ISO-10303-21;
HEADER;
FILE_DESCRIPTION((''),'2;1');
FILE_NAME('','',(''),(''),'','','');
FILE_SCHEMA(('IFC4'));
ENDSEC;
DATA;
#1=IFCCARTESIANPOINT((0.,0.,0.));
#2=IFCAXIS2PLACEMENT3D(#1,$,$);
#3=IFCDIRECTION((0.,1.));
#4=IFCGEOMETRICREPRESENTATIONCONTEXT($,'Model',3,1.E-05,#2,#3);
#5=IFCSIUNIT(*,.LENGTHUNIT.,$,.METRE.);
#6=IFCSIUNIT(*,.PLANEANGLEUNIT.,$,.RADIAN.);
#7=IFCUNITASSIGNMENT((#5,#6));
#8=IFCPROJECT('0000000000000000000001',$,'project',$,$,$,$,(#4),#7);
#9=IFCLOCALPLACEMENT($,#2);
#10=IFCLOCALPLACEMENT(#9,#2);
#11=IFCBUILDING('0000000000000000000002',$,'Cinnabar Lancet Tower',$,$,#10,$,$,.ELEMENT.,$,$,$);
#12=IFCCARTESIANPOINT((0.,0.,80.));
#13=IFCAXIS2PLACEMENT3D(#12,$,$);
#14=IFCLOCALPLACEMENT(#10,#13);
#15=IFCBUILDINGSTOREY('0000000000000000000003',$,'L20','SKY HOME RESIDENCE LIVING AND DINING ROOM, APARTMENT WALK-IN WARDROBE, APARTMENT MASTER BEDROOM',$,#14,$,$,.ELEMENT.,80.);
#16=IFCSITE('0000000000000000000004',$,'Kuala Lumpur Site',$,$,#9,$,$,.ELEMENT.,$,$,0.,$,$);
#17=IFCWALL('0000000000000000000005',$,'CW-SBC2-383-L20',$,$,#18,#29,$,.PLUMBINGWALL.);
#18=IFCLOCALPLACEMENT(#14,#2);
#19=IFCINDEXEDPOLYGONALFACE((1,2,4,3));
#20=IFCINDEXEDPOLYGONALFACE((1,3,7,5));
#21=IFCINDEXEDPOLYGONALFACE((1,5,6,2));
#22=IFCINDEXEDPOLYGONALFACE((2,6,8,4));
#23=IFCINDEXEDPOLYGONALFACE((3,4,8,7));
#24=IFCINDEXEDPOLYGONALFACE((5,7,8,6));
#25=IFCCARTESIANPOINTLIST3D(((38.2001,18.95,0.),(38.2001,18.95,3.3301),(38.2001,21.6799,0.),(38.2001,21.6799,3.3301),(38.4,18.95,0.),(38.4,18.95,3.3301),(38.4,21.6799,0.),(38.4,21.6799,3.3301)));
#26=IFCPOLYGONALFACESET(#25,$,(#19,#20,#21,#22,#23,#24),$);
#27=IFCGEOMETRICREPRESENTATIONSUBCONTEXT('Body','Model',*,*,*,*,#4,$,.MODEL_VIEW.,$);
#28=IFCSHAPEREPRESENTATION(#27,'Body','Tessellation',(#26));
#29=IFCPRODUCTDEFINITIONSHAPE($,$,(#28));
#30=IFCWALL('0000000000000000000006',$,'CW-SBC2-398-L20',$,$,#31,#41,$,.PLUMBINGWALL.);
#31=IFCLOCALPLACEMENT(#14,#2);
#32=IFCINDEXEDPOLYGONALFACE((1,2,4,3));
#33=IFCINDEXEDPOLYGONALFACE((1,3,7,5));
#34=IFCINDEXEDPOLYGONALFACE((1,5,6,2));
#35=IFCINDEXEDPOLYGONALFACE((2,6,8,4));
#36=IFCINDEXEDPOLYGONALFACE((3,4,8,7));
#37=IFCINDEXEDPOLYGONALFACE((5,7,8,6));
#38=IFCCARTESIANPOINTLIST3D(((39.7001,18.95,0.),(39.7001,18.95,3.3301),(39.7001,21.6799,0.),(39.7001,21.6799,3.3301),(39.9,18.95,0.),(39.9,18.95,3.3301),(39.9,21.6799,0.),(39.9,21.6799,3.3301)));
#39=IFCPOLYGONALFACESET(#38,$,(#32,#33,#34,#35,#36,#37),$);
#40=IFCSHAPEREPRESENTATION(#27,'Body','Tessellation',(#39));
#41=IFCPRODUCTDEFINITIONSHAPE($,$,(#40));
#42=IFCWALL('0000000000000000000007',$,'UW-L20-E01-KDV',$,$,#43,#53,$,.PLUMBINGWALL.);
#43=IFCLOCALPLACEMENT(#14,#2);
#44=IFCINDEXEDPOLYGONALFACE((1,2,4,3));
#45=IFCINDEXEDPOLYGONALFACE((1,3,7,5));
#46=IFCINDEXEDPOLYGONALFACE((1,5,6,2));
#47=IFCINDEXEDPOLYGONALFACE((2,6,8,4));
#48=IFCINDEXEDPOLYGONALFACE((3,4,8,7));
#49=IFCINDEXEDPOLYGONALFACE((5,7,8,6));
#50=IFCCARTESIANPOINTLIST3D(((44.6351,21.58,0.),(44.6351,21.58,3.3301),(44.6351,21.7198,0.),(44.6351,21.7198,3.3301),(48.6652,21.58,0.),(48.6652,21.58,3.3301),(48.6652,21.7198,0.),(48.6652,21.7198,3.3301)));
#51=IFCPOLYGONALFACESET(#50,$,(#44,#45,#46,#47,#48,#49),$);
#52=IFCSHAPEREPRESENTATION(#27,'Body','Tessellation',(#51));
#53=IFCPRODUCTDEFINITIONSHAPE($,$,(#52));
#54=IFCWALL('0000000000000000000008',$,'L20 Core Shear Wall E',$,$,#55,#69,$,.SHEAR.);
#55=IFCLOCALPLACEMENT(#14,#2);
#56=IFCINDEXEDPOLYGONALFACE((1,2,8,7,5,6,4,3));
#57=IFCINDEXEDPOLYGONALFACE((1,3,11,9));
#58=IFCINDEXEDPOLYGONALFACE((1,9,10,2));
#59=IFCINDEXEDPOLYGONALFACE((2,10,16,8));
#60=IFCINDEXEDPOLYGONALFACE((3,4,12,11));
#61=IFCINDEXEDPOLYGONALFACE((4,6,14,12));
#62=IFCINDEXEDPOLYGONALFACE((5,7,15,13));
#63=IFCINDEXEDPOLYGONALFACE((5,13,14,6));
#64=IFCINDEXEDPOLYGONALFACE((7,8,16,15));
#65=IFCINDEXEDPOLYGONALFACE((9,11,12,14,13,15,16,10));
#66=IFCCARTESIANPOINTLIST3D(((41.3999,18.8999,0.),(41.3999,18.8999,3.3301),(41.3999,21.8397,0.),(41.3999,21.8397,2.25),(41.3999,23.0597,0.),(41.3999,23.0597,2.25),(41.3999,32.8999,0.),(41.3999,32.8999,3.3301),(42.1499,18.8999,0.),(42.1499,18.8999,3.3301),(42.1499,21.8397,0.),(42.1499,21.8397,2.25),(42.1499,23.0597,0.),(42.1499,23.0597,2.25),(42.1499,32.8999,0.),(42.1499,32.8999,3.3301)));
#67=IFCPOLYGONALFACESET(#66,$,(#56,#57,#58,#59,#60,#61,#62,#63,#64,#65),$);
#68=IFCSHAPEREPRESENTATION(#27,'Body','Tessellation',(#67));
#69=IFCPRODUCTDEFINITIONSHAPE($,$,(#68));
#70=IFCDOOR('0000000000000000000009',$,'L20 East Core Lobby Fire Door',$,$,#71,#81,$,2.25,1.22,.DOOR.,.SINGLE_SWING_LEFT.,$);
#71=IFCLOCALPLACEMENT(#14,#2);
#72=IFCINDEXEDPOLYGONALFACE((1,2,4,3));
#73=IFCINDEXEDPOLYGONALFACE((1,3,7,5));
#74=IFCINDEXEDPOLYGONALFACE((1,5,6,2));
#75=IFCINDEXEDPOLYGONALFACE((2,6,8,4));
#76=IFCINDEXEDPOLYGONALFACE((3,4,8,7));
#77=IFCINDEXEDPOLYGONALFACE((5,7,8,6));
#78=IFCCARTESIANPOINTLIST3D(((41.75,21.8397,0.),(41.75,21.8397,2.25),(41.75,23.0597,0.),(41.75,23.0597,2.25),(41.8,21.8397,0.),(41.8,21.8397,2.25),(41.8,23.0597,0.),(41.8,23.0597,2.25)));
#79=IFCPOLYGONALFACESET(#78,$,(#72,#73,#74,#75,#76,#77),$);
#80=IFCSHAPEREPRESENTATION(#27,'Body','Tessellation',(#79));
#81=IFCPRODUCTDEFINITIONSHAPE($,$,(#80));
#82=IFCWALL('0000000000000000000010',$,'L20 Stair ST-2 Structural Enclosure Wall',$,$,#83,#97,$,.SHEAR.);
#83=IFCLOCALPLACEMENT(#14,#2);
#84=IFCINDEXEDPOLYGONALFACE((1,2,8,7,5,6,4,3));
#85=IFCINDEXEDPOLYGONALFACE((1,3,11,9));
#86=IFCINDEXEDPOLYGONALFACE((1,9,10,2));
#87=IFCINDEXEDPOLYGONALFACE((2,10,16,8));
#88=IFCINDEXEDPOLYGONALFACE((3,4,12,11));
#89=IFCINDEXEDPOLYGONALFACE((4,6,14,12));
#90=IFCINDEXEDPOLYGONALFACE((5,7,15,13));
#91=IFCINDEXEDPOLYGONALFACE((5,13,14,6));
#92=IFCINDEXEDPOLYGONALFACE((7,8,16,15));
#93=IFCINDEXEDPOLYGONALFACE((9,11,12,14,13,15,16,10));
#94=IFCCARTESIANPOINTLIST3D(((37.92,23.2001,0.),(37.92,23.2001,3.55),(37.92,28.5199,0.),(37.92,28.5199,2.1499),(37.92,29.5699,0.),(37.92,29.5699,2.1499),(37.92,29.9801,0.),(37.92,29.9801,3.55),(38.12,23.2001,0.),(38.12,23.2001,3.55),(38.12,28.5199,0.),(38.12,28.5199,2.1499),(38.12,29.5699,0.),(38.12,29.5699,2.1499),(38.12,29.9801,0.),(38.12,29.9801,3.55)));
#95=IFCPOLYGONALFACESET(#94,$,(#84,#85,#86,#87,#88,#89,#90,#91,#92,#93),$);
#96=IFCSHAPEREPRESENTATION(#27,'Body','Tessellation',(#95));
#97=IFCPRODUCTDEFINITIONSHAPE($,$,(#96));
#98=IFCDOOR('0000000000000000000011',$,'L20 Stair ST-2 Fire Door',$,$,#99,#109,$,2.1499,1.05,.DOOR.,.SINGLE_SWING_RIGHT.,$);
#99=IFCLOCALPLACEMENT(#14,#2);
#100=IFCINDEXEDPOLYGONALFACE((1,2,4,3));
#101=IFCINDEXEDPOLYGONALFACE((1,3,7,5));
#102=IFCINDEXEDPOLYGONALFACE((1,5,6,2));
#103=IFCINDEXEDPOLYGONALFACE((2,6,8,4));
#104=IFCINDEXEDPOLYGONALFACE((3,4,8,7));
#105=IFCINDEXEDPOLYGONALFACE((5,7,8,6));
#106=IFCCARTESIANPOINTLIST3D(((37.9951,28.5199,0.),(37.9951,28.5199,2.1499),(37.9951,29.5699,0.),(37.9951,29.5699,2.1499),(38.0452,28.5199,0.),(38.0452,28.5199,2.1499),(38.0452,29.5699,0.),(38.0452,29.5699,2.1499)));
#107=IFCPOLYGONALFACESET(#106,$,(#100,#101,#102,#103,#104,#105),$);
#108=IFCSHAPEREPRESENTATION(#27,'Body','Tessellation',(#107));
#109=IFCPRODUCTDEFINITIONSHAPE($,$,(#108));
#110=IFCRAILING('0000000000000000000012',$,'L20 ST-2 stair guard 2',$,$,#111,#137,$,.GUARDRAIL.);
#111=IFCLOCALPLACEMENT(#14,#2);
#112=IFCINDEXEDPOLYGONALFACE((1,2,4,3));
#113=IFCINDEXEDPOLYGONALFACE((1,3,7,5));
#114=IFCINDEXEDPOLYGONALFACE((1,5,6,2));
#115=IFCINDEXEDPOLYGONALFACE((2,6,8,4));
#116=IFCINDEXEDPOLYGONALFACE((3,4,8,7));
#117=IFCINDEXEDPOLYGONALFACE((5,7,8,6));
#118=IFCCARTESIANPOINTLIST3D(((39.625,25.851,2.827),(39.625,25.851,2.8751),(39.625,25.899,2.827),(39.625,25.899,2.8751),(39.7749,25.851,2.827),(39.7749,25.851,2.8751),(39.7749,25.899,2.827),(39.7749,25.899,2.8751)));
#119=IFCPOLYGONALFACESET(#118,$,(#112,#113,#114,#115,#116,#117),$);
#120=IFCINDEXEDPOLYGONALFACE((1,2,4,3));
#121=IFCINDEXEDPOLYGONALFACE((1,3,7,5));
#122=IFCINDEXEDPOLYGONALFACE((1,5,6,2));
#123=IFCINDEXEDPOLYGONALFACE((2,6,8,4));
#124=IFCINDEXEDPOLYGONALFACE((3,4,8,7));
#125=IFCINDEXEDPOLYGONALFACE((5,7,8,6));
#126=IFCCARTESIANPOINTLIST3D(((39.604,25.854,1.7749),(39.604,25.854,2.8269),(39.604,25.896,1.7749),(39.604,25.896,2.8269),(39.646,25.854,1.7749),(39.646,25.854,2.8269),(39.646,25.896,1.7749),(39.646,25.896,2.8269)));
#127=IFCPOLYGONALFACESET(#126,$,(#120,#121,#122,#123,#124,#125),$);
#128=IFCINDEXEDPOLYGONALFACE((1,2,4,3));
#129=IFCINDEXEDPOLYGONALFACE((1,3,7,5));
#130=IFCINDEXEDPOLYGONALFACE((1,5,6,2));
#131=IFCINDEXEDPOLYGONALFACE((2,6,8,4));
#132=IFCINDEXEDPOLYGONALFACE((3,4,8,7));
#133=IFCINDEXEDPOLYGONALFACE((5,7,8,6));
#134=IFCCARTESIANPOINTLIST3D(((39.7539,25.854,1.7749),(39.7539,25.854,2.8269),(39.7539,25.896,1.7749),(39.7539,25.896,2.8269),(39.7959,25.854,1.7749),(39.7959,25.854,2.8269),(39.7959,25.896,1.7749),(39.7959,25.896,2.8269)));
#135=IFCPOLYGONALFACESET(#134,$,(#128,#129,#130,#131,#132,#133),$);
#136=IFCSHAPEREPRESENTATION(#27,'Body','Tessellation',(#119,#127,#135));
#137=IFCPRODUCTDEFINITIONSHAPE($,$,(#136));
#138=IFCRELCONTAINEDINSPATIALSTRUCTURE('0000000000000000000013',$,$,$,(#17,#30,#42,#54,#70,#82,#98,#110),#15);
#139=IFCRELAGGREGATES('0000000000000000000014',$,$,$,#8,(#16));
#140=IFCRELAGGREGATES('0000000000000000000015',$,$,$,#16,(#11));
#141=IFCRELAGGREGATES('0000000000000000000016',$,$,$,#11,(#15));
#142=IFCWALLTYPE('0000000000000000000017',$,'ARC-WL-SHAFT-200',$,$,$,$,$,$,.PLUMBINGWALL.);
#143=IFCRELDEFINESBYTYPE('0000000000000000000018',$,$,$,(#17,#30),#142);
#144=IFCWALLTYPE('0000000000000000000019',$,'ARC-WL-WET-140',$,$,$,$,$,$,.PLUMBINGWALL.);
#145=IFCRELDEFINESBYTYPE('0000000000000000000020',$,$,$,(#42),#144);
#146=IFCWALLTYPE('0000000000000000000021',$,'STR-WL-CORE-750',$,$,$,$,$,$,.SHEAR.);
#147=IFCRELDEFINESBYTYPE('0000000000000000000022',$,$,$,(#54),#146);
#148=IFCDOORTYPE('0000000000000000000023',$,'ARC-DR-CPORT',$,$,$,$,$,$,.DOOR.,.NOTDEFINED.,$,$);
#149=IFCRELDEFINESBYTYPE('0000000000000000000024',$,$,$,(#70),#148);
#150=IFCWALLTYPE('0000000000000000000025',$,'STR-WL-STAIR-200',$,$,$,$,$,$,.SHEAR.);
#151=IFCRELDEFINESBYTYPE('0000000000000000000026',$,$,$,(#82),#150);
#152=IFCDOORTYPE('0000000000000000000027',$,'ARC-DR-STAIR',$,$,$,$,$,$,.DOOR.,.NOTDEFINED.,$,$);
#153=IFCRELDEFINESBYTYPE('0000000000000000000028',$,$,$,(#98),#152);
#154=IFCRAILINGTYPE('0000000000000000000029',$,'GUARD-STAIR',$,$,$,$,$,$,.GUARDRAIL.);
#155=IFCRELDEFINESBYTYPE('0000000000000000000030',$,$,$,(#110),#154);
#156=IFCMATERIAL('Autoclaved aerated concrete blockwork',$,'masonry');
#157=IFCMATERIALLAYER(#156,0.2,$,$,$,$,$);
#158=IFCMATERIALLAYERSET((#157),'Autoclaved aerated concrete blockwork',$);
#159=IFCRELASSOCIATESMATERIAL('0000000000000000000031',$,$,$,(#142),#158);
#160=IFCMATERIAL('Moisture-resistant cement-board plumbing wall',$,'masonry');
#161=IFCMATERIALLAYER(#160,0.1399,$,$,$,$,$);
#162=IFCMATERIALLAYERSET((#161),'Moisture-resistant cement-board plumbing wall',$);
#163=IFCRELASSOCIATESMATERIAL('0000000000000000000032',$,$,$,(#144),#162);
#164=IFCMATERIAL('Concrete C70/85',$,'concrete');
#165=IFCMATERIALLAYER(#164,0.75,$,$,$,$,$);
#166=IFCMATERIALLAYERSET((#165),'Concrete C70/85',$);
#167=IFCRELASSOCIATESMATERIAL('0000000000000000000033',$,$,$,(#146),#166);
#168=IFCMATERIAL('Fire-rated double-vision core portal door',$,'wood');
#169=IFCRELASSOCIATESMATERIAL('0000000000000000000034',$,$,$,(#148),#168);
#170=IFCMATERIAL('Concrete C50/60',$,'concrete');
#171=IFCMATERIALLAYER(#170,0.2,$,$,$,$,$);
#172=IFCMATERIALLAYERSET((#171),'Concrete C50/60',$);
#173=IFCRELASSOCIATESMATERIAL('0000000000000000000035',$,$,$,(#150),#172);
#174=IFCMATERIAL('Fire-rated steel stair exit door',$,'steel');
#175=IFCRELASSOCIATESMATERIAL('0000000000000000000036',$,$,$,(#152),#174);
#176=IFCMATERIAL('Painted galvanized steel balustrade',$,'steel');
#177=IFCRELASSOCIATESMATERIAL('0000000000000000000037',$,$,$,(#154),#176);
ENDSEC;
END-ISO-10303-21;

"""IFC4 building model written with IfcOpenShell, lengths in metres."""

from ifc_helpers import new_model, si_unit, direction, frame, frame_2d, origin, origin_2d, place, context, subcontext, project, spatial, rectangle, extrude, material, layer, layer_set, type_object, element, fill, save


model = new_model("IFC4")

# Units and contexts
model_context = context("Model", 3, precision=1e-05, world=origin(), true_north=direction((0.0, 1.0)))
body_context = subcontext(model_context, "Body", "Model", "MODEL_VIEW")
ifc_project = project(units=[si_unit("LENGTHUNIT", "METRE"), si_unit("PLANEANGLEUNIT", "RADIAN")], contexts=[model_context])

# Site, building, storey
site_placement = place(None, origin())
site = spatial("IfcSite", under=ifc_project, at=site_placement, Name="Kuala Lumpur Site", CompositionType="ELEMENT", RefElevation=0.0)
building_placement = place(site_placement, origin())
building = spatial("IfcBuilding", under=site, at=building_placement, Name="Cinnabar Lancet Tower", CompositionType="ELEMENT")
storey_placement = place(building_placement, frame((0.0, 0.0, 80.0)))
storey = spatial("IfcBuildingStorey", under=building, at=storey_placement, Name="L20", Description="SKY HOME RESIDENCE LIVING AND DINING ROOM, APARTMENT WALK-IN WARDROBE, APARTMENT MASTER BEDROOM", CompositionType="ELEMENT", Elevation=80.0)

# Shared definitions
ifc_material_1 = material(Name="Autoclaved aerated concrete blockwork", Category="masonry")
ifc_layer_1 = layer(ifc_material_1, 0.2)
ifc_layer_set_1 = layer_set([ifc_layer_1], Name="Autoclaved aerated concrete blockwork")
wall_type_1 = type_object("IfcWallType", Name="ARC-WL-SHAFT-200", PredefinedType="PLUMBINGWALL", material=ifc_layer_set_1)

# Walls
for number, where, z_axis, x_axis, name in (
    (1, (38.3, 18.95, 0.0), (0.0, 0.0, 1.0), (0.0, 1.0, 0.0), "CW-SBC2-383-L20"),
    (2, (39.8, 18.95, 0.0), (0.0, 0.0, 1.0), (0.0, 1.0, 0.0), "CW-SBC2-398-L20"),
):
    element("IfcWall", number, at=place(storey_placement, frame(where, z_axis=z_axis, x_axis=x_axis)), inside=storey, type_object=wall_type_1, Name=name, PredefinedType="PLUMBINGWALL", context=body_context, shape_type="SweptSolid", body=[
        extrude(rectangle(XDim=2.73, YDim=0.2, at=frame_2d((1.365, 0.0))), origin(), (0.0, 0.0, 1.0), 3.3301),
    ])
ifc_material_2 = material(Name="Moisture-resistant cement-board plumbing wall", Category="masonry")
ifc_layer_2 = layer(ifc_material_2, 0.1399)
ifc_layer_set_2 = layer_set([ifc_layer_2], Name="Moisture-resistant cement-board plumbing wall")
wall_type_2 = type_object("IfcWallType", Name="ARC-WL-WET-140", PredefinedType="PLUMBINGWALL", material=ifc_layer_set_2)
wall_1_placement = place(storey_placement, frame((44.635, 21.6499, 0.0), z_axis=(0.0, 0.0, 1.0), x_axis=(1.0, 0.0, 0.0)))
element("IfcWall", 3, at=wall_1_placement, inside=storey, type_object=wall_type_2, Name="UW-L20-E01-KDV", PredefinedType="PLUMBINGWALL", context=body_context, shape_type="SweptSolid", body=[
    extrude(rectangle(XDim=4.03, YDim=0.1399, at=frame_2d((2.0151, 0.0))), origin(), (0.0, 0.0, 1.0), 3.3301),
])

# Walls, openings, doors
ifc_material_3 = material(Name="Concrete C70/85", Category="concrete")
ifc_layer_3 = layer(ifc_material_3, 0.75)
ifc_layer_set_3 = layer_set([ifc_layer_3], Name="Concrete C70/85")
wall_type_3 = type_object("IfcWallType", Name="STR-WL-CORE-750", PredefinedType="SHEAR", material=ifc_layer_set_3)
wall_2_placement = place(storey_placement, frame((41.7749, 18.8999, 0.0), z_axis=(0.0, 0.0, 1.0), x_axis=(0.0, 1.0, 0.0)))
wall_2 = element("IfcWall", 4, at=wall_2_placement, inside=storey, type_object=wall_type_3, Name="L20 Core Shear Wall E", PredefinedType="SHEAR", context=body_context, shape_type="SweptSolid", body=[
    extrude(rectangle(XDim=14.0, YDim=0.75, at=frame_2d((7.0, 0.0))), origin(), (0.0, 0.0, 1.0), 3.3301),
])
opening_1_placement = place(wall_2_placement, frame((2.9399, 0.0, 0.0)))
opening_1 = element("IfcOpeningElement", 5, at=opening_1_placement, cuts=wall_2, PredefinedType="OPENING", context=body_context, shape_type="SweptSolid", body=[
    extrude(rectangle(XDim=1.22, YDim=2.25, at=frame_2d((0.6099, 1.125))), frame((0.0, 0.385, 0.0), z_axis=(0.0, -1.0, 0.0), x_axis=(1.0, 0.0, 0.0)), (0.0, 0.0, 1.0), 0.77),
])
ifc_material_4 = material(Name="Fire-rated double-vision core portal door", Category="wood")
door_type_1 = type_object("IfcDoorType", Name="ARC-DR-CPORT", OperationType="NOTDEFINED", PredefinedType="DOOR", material=ifc_material_4)
door_1_placement = place(opening_1_placement, origin())
door_1 = element("IfcDoor", 6, at=door_1_placement, inside=storey, type_object=door_type_1, Name="L20 East Core Lobby Fire Door", OperationType="SINGLE_SWING_LEFT", OverallHeight=2.25, OverallWidth=1.22, PredefinedType="DOOR", context=body_context, shape_type="SweptSolid", body=[
    extrude(rectangle(XDim=1.22, YDim=2.25, at=frame_2d((0.6099, 1.125))), frame((0.0, 0.0249, 0.0), z_axis=(0.0, -1.0, 0.0), x_axis=(1.0, 0.0, 0.0)), (0.0, 0.0, 1.0), 0.05),
])
fill(opening_1, door_1)
ifc_material_5 = material(Name="Concrete C50/60", Category="concrete")
ifc_layer_4 = layer(ifc_material_5, 0.2)
ifc_layer_set_4 = layer_set([ifc_layer_4], Name="Concrete C50/60")
wall_type_4 = type_object("IfcWallType", Name="STR-WL-STAIR-200", PredefinedType="SHEAR", material=ifc_layer_set_4)
wall_3_placement = place(storey_placement, frame((38.02, 23.2, 0.0), z_axis=(0.0, 0.0, 1.0), x_axis=(0.0, 1.0, 0.0)))
wall_3 = element("IfcWall", 7, at=wall_3_placement, inside=storey, type_object=wall_type_4, Name="L20 Stair ST-2 Structural Enclosure Wall", PredefinedType="SHEAR", context=body_context, shape_type="SweptSolid", body=[
    extrude(rectangle(XDim=6.78, YDim=0.2, at=frame_2d((3.3901, 0.0))), origin(), (0.0, 0.0, 1.0), 3.55),
])
opening_2_placement = place(wall_3_placement, frame((5.3201, 0.0, 0.0)))
opening_2 = element("IfcOpeningElement", 8, at=opening_2_placement, cuts=wall_3, PredefinedType="OPENING", context=body_context, shape_type="SweptSolid", body=[
    extrude(rectangle(XDim=1.05, YDim=2.1499, at=frame_2d((0.5249, 1.075))), frame((0.0, 0.1099, 0.0), z_axis=(0.0, -1.0, 0.0), x_axis=(1.0, 0.0, 0.0)), (0.0, 0.0, 1.0), 0.22),
])
ifc_material_6 = material(Name="Fire-rated steel stair exit door", Category="steel")
door_type_2 = type_object("IfcDoorType", Name="ARC-DR-STAIR", OperationType="NOTDEFINED", PredefinedType="DOOR", material=ifc_material_6)
door_2_placement = place(opening_2_placement, origin())
door_2 = element("IfcDoor", 9, at=door_2_placement, inside=storey, type_object=door_type_2, Name="L20 Stair ST-2 Fire Door", OperationType="SINGLE_SWING_RIGHT", OverallHeight=2.1499, OverallWidth=1.05, PredefinedType="DOOR", context=body_context, shape_type="SweptSolid", body=[
    extrude(rectangle(XDim=1.05, YDim=2.1499, at=frame_2d((0.5249, 1.075))), frame((0.0, 0.0249, 0.0), z_axis=(0.0, -1.0, 0.0), x_axis=(1.0, 0.0, 0.0)), (0.0, 0.0, 1.0), 0.05),
])
fill(opening_2, door_2)

# Railing
ifc_material_7 = material(Name="Painted galvanized steel balustrade", Category="steel")
railing_type = type_object("IfcRailingType", Name="GUARD-STAIR", PredefinedType="GUARDRAIL", material=ifc_material_7)
railing_placement = place(storey_placement, frame((39.625, 25.875, 1.7749)))
element("IfcRailing", 10, at=railing_placement, inside=storey, type_object=railing_type, Name="L20 ST-2 stair guard 2", PredefinedType="GUARDRAIL", context=body_context, shape_type="SweptSolid", body=[
    extrude(rectangle(XDim=0.0481, YDim=0.0481, at=origin_2d()), frame((0.0, 0.0, 1.0762), z_axis=(1.0, 0.0, 0.0), x_axis=(0.0, 1.0, 0.0)), (0.0, 0.0, 1.0), 0.1499),
    extrude(rectangle(XDim=0.042, YDim=0.042, at=origin_2d()), origin(), (0.0, 0.0, 1.0), 1.052),
    extrude(rectangle(XDim=0.042, YDim=0.042, at=origin_2d()), frame((0.1499, 0.0, 0.0)), (0.0, 0.0, 1.0), 1.052),
])

save(model, "model.ifc")
